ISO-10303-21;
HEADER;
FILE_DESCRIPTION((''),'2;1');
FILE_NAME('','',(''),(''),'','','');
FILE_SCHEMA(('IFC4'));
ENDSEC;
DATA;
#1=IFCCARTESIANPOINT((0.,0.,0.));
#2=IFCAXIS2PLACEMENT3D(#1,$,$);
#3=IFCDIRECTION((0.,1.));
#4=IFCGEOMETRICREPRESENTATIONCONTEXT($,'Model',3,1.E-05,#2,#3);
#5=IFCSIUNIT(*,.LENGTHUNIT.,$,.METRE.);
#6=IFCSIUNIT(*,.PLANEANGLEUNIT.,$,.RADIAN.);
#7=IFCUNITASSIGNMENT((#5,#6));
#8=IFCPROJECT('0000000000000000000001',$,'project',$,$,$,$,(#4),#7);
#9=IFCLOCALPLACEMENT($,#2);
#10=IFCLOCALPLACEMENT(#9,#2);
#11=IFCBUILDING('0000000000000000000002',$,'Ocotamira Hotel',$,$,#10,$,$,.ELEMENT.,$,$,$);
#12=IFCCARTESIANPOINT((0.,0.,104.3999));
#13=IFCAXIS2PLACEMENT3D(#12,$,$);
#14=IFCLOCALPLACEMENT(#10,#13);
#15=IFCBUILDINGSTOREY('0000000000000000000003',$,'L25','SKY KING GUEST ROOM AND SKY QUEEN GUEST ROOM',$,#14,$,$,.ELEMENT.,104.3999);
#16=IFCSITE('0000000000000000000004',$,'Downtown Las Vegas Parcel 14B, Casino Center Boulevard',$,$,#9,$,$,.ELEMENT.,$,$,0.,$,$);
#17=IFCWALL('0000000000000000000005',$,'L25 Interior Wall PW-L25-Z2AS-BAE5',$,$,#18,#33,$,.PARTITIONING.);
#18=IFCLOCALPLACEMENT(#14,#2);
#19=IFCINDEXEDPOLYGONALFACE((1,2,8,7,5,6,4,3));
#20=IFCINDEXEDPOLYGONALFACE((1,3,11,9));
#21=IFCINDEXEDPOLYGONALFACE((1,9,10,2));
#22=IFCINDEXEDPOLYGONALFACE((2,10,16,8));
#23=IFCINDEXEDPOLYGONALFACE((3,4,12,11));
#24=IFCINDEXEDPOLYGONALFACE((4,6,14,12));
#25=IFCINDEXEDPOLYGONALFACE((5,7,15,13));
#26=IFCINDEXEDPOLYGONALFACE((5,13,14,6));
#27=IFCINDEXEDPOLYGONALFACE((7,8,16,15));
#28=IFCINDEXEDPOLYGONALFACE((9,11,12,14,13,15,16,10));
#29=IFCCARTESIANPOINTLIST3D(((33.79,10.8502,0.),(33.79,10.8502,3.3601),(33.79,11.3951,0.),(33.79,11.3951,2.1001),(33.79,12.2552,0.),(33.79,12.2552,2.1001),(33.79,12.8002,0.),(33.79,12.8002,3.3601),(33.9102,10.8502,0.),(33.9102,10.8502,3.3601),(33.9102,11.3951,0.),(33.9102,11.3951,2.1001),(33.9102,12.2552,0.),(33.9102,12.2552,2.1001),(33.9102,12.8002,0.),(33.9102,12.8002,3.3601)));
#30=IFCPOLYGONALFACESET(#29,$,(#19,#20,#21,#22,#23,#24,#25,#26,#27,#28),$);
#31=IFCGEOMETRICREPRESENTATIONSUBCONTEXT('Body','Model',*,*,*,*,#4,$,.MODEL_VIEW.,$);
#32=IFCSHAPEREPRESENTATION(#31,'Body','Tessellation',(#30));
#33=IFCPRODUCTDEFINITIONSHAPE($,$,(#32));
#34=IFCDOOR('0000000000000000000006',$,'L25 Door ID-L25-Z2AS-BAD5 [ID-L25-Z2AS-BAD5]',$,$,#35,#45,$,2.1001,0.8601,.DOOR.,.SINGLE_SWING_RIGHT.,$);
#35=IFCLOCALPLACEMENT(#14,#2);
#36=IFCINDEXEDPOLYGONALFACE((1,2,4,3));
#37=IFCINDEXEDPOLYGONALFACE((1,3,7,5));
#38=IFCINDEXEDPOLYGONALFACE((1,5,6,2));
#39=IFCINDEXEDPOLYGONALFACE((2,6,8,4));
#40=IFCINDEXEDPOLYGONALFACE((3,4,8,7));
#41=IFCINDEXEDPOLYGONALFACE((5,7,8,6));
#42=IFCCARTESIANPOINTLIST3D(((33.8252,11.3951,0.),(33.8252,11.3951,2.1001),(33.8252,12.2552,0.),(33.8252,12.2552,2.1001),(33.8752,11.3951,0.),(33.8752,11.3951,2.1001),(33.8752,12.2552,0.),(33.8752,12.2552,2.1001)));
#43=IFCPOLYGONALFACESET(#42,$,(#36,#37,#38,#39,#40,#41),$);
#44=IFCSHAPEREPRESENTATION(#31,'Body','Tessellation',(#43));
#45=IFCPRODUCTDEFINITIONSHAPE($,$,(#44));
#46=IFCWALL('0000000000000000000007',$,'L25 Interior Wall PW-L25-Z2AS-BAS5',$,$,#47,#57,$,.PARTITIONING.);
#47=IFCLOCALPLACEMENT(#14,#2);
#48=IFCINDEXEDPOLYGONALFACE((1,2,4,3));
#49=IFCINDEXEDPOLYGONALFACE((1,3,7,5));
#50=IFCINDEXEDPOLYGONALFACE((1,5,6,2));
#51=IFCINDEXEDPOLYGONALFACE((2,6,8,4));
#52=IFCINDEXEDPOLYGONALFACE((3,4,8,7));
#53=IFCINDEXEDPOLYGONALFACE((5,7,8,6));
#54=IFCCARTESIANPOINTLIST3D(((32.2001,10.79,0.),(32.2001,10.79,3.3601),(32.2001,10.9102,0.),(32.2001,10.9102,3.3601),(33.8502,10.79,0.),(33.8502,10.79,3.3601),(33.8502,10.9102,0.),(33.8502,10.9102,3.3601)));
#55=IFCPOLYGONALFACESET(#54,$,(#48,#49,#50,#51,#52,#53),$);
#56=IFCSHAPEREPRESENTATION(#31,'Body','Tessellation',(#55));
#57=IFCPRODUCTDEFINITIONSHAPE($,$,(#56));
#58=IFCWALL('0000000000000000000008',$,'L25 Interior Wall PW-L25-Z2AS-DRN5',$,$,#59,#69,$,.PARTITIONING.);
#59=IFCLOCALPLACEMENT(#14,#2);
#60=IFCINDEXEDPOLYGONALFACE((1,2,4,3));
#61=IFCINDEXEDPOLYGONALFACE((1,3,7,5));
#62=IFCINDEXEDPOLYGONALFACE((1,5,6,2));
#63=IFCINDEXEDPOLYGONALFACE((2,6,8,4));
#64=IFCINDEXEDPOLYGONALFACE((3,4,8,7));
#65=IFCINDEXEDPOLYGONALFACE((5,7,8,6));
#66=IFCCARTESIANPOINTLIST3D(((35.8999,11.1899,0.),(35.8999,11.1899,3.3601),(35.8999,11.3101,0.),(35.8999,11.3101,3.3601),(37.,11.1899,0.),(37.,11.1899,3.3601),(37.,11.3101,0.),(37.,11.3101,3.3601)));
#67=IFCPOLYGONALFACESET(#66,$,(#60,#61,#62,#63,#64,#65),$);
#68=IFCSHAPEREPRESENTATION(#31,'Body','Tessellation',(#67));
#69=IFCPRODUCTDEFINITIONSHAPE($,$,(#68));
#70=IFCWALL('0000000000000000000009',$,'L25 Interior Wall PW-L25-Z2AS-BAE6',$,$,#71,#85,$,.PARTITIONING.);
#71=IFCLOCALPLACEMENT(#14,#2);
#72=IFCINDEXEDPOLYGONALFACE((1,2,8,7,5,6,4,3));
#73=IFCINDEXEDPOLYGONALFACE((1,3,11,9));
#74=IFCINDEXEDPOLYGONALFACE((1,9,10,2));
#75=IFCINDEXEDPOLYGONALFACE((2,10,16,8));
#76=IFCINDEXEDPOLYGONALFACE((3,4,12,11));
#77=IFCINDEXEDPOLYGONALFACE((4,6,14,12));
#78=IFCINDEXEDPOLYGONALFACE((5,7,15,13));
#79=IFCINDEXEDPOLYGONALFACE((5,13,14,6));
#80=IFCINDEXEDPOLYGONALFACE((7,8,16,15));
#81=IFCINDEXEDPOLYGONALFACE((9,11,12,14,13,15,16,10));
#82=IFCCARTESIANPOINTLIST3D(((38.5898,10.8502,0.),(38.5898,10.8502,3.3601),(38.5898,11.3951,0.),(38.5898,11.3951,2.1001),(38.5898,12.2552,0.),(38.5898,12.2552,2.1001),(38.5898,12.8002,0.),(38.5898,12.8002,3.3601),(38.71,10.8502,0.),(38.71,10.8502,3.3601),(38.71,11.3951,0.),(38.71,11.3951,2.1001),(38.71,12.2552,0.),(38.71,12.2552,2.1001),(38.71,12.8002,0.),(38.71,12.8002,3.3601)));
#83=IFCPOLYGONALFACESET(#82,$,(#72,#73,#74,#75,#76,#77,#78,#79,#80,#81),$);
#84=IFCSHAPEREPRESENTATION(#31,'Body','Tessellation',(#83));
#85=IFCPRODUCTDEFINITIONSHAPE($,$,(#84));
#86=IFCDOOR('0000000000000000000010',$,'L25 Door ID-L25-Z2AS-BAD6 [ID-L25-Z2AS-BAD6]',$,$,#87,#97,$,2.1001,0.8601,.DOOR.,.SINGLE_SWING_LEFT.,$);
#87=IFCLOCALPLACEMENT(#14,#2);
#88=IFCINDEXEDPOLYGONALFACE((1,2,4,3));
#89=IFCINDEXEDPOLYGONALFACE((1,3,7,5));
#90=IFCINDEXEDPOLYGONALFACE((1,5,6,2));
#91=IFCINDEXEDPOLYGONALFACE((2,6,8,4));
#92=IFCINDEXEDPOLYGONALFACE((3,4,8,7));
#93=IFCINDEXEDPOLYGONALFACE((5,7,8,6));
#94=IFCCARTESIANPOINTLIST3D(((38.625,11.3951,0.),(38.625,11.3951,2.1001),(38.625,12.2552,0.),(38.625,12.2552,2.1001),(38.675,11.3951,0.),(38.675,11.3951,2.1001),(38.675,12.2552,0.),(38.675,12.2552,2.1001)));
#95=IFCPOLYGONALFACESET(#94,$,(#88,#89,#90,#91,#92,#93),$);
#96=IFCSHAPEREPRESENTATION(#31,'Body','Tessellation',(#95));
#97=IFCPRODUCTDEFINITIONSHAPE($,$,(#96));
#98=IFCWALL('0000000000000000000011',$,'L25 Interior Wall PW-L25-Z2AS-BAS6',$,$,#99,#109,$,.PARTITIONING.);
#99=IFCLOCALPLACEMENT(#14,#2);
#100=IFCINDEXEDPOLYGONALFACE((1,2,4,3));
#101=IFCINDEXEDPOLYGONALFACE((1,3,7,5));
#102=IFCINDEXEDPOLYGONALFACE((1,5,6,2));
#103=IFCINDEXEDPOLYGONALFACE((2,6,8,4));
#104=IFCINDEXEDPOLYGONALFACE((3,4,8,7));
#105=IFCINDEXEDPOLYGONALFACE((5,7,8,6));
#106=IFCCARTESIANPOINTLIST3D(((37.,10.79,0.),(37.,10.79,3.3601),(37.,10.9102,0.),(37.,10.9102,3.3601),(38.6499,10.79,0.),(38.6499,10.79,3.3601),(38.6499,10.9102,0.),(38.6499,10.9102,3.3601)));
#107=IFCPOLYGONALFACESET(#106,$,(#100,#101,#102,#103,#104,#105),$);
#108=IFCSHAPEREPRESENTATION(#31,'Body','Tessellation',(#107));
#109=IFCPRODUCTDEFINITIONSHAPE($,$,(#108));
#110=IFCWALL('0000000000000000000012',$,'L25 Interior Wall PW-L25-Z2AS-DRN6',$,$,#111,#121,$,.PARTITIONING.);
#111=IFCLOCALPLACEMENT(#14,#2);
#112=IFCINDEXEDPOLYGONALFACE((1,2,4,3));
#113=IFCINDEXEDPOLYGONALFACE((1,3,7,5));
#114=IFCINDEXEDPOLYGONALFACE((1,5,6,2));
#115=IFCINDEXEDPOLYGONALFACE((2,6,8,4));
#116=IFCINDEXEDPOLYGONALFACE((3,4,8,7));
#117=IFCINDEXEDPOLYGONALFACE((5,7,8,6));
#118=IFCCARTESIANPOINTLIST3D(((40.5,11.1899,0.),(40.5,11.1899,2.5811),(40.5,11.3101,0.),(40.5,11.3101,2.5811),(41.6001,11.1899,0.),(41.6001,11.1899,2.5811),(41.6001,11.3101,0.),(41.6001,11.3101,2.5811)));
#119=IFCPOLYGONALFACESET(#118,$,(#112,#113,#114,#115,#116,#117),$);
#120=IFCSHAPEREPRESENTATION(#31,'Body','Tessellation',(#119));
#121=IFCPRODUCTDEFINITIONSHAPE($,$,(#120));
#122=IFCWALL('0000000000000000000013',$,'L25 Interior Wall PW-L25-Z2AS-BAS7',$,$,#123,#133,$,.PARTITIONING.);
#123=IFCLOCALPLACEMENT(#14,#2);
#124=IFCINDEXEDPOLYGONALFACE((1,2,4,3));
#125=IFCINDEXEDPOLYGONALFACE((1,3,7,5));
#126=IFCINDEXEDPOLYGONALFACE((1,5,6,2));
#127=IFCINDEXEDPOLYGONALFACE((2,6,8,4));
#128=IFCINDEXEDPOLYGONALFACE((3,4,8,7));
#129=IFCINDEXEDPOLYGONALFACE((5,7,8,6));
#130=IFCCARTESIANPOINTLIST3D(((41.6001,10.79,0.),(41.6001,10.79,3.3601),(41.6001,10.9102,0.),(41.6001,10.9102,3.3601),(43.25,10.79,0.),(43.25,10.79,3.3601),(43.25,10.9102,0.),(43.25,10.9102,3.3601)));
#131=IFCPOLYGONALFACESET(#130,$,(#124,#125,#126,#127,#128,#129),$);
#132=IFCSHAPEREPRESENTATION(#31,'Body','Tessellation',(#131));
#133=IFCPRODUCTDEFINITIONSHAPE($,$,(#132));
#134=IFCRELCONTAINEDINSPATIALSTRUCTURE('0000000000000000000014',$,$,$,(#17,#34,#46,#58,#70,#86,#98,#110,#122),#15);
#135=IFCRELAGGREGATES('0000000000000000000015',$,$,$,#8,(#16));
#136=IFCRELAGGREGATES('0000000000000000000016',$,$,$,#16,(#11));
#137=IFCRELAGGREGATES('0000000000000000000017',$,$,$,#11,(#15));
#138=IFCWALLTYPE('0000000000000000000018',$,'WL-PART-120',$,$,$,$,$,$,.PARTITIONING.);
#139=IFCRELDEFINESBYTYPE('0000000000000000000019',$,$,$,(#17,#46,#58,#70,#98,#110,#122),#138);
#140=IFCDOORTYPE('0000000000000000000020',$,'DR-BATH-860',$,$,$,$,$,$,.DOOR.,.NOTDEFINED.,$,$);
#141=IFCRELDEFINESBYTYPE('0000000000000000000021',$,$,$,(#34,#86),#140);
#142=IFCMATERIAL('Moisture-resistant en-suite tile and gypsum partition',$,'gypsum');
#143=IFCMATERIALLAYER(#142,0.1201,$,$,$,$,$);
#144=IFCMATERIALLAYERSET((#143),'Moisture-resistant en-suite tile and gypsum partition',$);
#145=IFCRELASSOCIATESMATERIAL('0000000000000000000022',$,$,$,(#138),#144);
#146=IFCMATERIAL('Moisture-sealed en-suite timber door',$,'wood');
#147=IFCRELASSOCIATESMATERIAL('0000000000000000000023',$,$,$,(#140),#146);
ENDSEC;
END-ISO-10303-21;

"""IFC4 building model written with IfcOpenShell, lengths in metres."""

from ifc_helpers import new_model, si_unit, direction, frame, frame_2d, origin, place, context, subcontext, project, spatial, rectangle, extrude, source, transform, mapped, material, layer, layer_set, type_object, element, fill, save


model = new_model("IFC4")

# Units and contexts
model_context = context("Model", 3, precision=1e-05, world=origin(), true_north=direction((0.0, 1.0)))
body_context = subcontext(model_context, "Body", "Model", "MODEL_VIEW")
ifc_project = project(units=[si_unit("LENGTHUNIT", "METRE"), si_unit("PLANEANGLEUNIT", "RADIAN")], contexts=[model_context])

# Site, building, storey
site_placement = place(None, origin())
site = spatial("IfcSite", under=ifc_project, at=site_placement, Name="Downtown Las Vegas Parcel 14B, Casino Center Boulevard", CompositionType="ELEMENT", RefElevation=0.0)
building_placement = place(site_placement, origin())
building = spatial("IfcBuilding", under=site, at=building_placement, Name="Ocotamira Hotel", CompositionType="ELEMENT")
storey_placement = place(building_placement, frame((0.0, 0.0, 104.3999)))
storey = spatial("IfcBuildingStorey", under=building, at=storey_placement, Name="L25", Description="SKY KING GUEST ROOM AND SKY QUEEN GUEST ROOM", CompositionType="ELEMENT", Elevation=104.3999)

# Shared definitions
ifc_material_1 = material(Name="Moisture-resistant en-suite tile and gypsum partition", Category="gypsum")
ifc_layer_1 = layer(ifc_material_1, 0.1201)
ifc_layer_set_1 = layer_set([ifc_layer_1], Name="Moisture-resistant en-suite tile and gypsum partition")
wall_type = type_object("IfcWallType", Name="WL-PART-120", PredefinedType="PARTITIONING", material=ifc_layer_set_1)

# Shared definitions
ifc_material_2 = material(Name="Moisture-sealed en-suite timber door", Category="wood")
door_type = type_object("IfcDoorType", Name="DR-BATH-860", OperationType="NOTDEFINED", PredefinedType="DOOR", material=ifc_material_2)
shared_shape_1 = source(origin(), body_context, "Body", "SweptSolid", [
    extrude(rectangle(XDim=0.8601, YDim=2.1001, at=frame_2d((0.4302, 1.05))), frame((0.0, 0.0249, 0.0), z_axis=(0.0, -1.0, 0.0), x_axis=(1.0, 0.0, 0.0)), (0.0, 0.0, 1.0), 0.05),
])

# Wall, opening, door
wall_1_placement = place(storey_placement, frame((33.8501, 10.8501, 0.0), z_axis=(0.0, 0.0, 1.0), x_axis=(0.0, 1.0, 0.0)))
wall_1 = element("IfcWall", 1, at=wall_1_placement, inside=storey, type_object=wall_type, Name="L25 Interior Wall PW-L25-Z2AS-BAE5", PredefinedType="PARTITIONING", context=body_context, shape_type="SweptSolid", body=[
    extrude(rectangle(XDim=1.95, YDim=0.1201, at=frame_2d((0.9751, 0.0))), origin(), (0.0, 0.0, 1.0), 3.3601),
])
opening_1_placement = place(wall_1_placement, frame((0.5449, 0.0, 0.0)))
opening_1 = element("IfcOpeningElement", 2, at=opening_1_placement, cuts=wall_1, PredefinedType="OPENING", context=body_context, shape_type="SweptSolid", body=[
    extrude(rectangle(XDim=0.8601, YDim=2.1001, at=frame_2d((0.4302, 1.05))), frame((0.0, 0.0701, 0.0), z_axis=(0.0, -1.0, 0.0), x_axis=(1.0, 0.0, 0.0)), (0.0, 0.0, 1.0), 0.1401),
])
door_1_placement = place(opening_1_placement, origin())
door_1 = element("IfcDoor", 3, at=door_1_placement, inside=storey, type_object=door_type, Name="L25 Door ID-L25-Z2AS-BAD5 [ID-L25-Z2AS-BAD5]", OperationType="SINGLE_SWING_RIGHT", OverallHeight=2.1001, OverallWidth=0.8601, PredefinedType="DOOR", context=body_context, shape_type="MappedRepresentation", body=[
    mapped(shared_shape_1, transform((0.0, 0.0, 0.0), scale=1.0)),
])
fill(opening_1, door_1)

# Walls
wall_2_placement = place(storey_placement, frame((32.2, 10.8501, 0.0), z_axis=(0.0, 0.0, 1.0), x_axis=(1.0, 0.0, 0.0)))
element("IfcWall", 4, at=wall_2_placement, inside=storey, type_object=wall_type, Name="L25 Interior Wall PW-L25-Z2AS-BAS5", PredefinedType="PARTITIONING", context=body_context, shape_type="SweptSolid", body=[
    extrude(rectangle(XDim=1.6501, YDim=0.1201, at=frame_2d((0.8252, 0.0))), origin(), (0.0, 0.0, 1.0), 3.3601),
])
wall_3_placement = place(storey_placement, frame((35.8999, 11.25, 0.0), z_axis=(0.0, 0.0, 1.0), x_axis=(1.0, 0.0, 0.0)))
element("IfcWall", 5, at=wall_3_placement, inside=storey, type_object=wall_type, Name="L25 Interior Wall PW-L25-Z2AS-DRN5", PredefinedType="PARTITIONING", context=body_context, shape_type="SweptSolid", body=[
    extrude(rectangle(XDim=1.1001, YDim=0.1201, at=frame_2d((0.55, 0.0))), origin(), (0.0, 0.0, 1.0), 3.3601),
])

# Wall, opening, door
wall_4_placement = place(storey_placement, frame((38.6499, 10.8501, 0.0), z_axis=(0.0, 0.0, 1.0), x_axis=(0.0, 1.0, 0.0)))
wall_4 = element("IfcWall", 6, at=wall_4_placement, inside=storey, type_object=wall_type, Name="L25 Interior Wall PW-L25-Z2AS-BAE6", PredefinedType="PARTITIONING", context=body_context, shape_type="SweptSolid", body=[
    extrude(rectangle(XDim=1.95, YDim=0.1201, at=frame_2d((0.9751, 0.0))), origin(), (0.0, 0.0, 1.0), 3.3601),
])
opening_2_placement = place(wall_4_placement, frame((0.5449, 0.0, 0.0)))
opening_2 = element("IfcOpeningElement", 7, at=opening_2_placement, cuts=wall_4, PredefinedType="OPENING", context=body_context, shape_type="SweptSolid", body=[
    extrude(rectangle(XDim=0.8601, YDim=2.1001, at=frame_2d((0.4302, 1.05))), frame((0.0, 0.0701, 0.0), z_axis=(0.0, -1.0, 0.0), x_axis=(1.0, 0.0, 0.0)), (0.0, 0.0, 1.0), 0.1401),
])
door_2_placement = place(opening_2_placement, origin())
door_2 = element("IfcDoor", 8, at=door_2_placement, inside=storey, type_object=door_type, Name="L25 Door ID-L25-Z2AS-BAD6 [ID-L25-Z2AS-BAD6]", OperationType="SINGLE_SWING_LEFT", OverallHeight=2.1001, OverallWidth=0.8601, PredefinedType="DOOR", context=body_context, shape_type="MappedRepresentation", body=[
    mapped(shared_shape_1, transform((0.0, 0.0, 0.0), scale=1.0)),
])
fill(opening_2, door_2)

# Walls
wall_5_placement = place(storey_placement, frame((37.0, 10.8501, 0.0), z_axis=(0.0, 0.0, 1.0), x_axis=(1.0, 0.0, 0.0)))
element("IfcWall", 9, at=wall_5_placement, inside=storey, type_object=wall_type, Name="L25 Interior Wall PW-L25-Z2AS-BAS6", PredefinedType="PARTITIONING", context=body_context, shape_type="SweptSolid", body=[
    extrude(rectangle(XDim=1.6499, YDim=0.1201, at=frame_2d((0.825, 0.0))), origin(), (0.0, 0.0, 1.0), 3.3601),
])
wall_6_placement = place(storey_placement, frame((40.5, 11.25, 0.0), z_axis=(0.0, 0.0, 1.0), x_axis=(1.0, 0.0, 0.0)))
element("IfcWall", 10, at=wall_6_placement, inside=storey, type_object=wall_type, Name="L25 Interior Wall PW-L25-Z2AS-DRN6", PredefinedType="PARTITIONING", context=body_context, shape_type="SweptSolid", body=[
    extrude(rectangle(XDim=1.1001, YDim=0.1201, at=frame_2d((0.55, 0.0))), origin(), (0.0, 0.0, 1.0), 2.5811),
])
wall_7_placement = place(storey_placement, frame((41.6001, 10.8501, 0.0), z_axis=(0.0, 0.0, 1.0), x_axis=(1.0, 0.0, 0.0)))
element("IfcWall", 11, at=wall_7_placement, inside=storey, type_object=wall_type, Name="L25 Interior Wall PW-L25-Z2AS-BAS7", PredefinedType="PARTITIONING", context=body_context, shape_type="SweptSolid", body=[
    extrude(rectangle(XDim=1.6499, YDim=0.1201, at=frame_2d((0.825, 0.0))), origin(), (0.0, 0.0, 1.0), 3.3601),
])

save(model, "model.ifc")
